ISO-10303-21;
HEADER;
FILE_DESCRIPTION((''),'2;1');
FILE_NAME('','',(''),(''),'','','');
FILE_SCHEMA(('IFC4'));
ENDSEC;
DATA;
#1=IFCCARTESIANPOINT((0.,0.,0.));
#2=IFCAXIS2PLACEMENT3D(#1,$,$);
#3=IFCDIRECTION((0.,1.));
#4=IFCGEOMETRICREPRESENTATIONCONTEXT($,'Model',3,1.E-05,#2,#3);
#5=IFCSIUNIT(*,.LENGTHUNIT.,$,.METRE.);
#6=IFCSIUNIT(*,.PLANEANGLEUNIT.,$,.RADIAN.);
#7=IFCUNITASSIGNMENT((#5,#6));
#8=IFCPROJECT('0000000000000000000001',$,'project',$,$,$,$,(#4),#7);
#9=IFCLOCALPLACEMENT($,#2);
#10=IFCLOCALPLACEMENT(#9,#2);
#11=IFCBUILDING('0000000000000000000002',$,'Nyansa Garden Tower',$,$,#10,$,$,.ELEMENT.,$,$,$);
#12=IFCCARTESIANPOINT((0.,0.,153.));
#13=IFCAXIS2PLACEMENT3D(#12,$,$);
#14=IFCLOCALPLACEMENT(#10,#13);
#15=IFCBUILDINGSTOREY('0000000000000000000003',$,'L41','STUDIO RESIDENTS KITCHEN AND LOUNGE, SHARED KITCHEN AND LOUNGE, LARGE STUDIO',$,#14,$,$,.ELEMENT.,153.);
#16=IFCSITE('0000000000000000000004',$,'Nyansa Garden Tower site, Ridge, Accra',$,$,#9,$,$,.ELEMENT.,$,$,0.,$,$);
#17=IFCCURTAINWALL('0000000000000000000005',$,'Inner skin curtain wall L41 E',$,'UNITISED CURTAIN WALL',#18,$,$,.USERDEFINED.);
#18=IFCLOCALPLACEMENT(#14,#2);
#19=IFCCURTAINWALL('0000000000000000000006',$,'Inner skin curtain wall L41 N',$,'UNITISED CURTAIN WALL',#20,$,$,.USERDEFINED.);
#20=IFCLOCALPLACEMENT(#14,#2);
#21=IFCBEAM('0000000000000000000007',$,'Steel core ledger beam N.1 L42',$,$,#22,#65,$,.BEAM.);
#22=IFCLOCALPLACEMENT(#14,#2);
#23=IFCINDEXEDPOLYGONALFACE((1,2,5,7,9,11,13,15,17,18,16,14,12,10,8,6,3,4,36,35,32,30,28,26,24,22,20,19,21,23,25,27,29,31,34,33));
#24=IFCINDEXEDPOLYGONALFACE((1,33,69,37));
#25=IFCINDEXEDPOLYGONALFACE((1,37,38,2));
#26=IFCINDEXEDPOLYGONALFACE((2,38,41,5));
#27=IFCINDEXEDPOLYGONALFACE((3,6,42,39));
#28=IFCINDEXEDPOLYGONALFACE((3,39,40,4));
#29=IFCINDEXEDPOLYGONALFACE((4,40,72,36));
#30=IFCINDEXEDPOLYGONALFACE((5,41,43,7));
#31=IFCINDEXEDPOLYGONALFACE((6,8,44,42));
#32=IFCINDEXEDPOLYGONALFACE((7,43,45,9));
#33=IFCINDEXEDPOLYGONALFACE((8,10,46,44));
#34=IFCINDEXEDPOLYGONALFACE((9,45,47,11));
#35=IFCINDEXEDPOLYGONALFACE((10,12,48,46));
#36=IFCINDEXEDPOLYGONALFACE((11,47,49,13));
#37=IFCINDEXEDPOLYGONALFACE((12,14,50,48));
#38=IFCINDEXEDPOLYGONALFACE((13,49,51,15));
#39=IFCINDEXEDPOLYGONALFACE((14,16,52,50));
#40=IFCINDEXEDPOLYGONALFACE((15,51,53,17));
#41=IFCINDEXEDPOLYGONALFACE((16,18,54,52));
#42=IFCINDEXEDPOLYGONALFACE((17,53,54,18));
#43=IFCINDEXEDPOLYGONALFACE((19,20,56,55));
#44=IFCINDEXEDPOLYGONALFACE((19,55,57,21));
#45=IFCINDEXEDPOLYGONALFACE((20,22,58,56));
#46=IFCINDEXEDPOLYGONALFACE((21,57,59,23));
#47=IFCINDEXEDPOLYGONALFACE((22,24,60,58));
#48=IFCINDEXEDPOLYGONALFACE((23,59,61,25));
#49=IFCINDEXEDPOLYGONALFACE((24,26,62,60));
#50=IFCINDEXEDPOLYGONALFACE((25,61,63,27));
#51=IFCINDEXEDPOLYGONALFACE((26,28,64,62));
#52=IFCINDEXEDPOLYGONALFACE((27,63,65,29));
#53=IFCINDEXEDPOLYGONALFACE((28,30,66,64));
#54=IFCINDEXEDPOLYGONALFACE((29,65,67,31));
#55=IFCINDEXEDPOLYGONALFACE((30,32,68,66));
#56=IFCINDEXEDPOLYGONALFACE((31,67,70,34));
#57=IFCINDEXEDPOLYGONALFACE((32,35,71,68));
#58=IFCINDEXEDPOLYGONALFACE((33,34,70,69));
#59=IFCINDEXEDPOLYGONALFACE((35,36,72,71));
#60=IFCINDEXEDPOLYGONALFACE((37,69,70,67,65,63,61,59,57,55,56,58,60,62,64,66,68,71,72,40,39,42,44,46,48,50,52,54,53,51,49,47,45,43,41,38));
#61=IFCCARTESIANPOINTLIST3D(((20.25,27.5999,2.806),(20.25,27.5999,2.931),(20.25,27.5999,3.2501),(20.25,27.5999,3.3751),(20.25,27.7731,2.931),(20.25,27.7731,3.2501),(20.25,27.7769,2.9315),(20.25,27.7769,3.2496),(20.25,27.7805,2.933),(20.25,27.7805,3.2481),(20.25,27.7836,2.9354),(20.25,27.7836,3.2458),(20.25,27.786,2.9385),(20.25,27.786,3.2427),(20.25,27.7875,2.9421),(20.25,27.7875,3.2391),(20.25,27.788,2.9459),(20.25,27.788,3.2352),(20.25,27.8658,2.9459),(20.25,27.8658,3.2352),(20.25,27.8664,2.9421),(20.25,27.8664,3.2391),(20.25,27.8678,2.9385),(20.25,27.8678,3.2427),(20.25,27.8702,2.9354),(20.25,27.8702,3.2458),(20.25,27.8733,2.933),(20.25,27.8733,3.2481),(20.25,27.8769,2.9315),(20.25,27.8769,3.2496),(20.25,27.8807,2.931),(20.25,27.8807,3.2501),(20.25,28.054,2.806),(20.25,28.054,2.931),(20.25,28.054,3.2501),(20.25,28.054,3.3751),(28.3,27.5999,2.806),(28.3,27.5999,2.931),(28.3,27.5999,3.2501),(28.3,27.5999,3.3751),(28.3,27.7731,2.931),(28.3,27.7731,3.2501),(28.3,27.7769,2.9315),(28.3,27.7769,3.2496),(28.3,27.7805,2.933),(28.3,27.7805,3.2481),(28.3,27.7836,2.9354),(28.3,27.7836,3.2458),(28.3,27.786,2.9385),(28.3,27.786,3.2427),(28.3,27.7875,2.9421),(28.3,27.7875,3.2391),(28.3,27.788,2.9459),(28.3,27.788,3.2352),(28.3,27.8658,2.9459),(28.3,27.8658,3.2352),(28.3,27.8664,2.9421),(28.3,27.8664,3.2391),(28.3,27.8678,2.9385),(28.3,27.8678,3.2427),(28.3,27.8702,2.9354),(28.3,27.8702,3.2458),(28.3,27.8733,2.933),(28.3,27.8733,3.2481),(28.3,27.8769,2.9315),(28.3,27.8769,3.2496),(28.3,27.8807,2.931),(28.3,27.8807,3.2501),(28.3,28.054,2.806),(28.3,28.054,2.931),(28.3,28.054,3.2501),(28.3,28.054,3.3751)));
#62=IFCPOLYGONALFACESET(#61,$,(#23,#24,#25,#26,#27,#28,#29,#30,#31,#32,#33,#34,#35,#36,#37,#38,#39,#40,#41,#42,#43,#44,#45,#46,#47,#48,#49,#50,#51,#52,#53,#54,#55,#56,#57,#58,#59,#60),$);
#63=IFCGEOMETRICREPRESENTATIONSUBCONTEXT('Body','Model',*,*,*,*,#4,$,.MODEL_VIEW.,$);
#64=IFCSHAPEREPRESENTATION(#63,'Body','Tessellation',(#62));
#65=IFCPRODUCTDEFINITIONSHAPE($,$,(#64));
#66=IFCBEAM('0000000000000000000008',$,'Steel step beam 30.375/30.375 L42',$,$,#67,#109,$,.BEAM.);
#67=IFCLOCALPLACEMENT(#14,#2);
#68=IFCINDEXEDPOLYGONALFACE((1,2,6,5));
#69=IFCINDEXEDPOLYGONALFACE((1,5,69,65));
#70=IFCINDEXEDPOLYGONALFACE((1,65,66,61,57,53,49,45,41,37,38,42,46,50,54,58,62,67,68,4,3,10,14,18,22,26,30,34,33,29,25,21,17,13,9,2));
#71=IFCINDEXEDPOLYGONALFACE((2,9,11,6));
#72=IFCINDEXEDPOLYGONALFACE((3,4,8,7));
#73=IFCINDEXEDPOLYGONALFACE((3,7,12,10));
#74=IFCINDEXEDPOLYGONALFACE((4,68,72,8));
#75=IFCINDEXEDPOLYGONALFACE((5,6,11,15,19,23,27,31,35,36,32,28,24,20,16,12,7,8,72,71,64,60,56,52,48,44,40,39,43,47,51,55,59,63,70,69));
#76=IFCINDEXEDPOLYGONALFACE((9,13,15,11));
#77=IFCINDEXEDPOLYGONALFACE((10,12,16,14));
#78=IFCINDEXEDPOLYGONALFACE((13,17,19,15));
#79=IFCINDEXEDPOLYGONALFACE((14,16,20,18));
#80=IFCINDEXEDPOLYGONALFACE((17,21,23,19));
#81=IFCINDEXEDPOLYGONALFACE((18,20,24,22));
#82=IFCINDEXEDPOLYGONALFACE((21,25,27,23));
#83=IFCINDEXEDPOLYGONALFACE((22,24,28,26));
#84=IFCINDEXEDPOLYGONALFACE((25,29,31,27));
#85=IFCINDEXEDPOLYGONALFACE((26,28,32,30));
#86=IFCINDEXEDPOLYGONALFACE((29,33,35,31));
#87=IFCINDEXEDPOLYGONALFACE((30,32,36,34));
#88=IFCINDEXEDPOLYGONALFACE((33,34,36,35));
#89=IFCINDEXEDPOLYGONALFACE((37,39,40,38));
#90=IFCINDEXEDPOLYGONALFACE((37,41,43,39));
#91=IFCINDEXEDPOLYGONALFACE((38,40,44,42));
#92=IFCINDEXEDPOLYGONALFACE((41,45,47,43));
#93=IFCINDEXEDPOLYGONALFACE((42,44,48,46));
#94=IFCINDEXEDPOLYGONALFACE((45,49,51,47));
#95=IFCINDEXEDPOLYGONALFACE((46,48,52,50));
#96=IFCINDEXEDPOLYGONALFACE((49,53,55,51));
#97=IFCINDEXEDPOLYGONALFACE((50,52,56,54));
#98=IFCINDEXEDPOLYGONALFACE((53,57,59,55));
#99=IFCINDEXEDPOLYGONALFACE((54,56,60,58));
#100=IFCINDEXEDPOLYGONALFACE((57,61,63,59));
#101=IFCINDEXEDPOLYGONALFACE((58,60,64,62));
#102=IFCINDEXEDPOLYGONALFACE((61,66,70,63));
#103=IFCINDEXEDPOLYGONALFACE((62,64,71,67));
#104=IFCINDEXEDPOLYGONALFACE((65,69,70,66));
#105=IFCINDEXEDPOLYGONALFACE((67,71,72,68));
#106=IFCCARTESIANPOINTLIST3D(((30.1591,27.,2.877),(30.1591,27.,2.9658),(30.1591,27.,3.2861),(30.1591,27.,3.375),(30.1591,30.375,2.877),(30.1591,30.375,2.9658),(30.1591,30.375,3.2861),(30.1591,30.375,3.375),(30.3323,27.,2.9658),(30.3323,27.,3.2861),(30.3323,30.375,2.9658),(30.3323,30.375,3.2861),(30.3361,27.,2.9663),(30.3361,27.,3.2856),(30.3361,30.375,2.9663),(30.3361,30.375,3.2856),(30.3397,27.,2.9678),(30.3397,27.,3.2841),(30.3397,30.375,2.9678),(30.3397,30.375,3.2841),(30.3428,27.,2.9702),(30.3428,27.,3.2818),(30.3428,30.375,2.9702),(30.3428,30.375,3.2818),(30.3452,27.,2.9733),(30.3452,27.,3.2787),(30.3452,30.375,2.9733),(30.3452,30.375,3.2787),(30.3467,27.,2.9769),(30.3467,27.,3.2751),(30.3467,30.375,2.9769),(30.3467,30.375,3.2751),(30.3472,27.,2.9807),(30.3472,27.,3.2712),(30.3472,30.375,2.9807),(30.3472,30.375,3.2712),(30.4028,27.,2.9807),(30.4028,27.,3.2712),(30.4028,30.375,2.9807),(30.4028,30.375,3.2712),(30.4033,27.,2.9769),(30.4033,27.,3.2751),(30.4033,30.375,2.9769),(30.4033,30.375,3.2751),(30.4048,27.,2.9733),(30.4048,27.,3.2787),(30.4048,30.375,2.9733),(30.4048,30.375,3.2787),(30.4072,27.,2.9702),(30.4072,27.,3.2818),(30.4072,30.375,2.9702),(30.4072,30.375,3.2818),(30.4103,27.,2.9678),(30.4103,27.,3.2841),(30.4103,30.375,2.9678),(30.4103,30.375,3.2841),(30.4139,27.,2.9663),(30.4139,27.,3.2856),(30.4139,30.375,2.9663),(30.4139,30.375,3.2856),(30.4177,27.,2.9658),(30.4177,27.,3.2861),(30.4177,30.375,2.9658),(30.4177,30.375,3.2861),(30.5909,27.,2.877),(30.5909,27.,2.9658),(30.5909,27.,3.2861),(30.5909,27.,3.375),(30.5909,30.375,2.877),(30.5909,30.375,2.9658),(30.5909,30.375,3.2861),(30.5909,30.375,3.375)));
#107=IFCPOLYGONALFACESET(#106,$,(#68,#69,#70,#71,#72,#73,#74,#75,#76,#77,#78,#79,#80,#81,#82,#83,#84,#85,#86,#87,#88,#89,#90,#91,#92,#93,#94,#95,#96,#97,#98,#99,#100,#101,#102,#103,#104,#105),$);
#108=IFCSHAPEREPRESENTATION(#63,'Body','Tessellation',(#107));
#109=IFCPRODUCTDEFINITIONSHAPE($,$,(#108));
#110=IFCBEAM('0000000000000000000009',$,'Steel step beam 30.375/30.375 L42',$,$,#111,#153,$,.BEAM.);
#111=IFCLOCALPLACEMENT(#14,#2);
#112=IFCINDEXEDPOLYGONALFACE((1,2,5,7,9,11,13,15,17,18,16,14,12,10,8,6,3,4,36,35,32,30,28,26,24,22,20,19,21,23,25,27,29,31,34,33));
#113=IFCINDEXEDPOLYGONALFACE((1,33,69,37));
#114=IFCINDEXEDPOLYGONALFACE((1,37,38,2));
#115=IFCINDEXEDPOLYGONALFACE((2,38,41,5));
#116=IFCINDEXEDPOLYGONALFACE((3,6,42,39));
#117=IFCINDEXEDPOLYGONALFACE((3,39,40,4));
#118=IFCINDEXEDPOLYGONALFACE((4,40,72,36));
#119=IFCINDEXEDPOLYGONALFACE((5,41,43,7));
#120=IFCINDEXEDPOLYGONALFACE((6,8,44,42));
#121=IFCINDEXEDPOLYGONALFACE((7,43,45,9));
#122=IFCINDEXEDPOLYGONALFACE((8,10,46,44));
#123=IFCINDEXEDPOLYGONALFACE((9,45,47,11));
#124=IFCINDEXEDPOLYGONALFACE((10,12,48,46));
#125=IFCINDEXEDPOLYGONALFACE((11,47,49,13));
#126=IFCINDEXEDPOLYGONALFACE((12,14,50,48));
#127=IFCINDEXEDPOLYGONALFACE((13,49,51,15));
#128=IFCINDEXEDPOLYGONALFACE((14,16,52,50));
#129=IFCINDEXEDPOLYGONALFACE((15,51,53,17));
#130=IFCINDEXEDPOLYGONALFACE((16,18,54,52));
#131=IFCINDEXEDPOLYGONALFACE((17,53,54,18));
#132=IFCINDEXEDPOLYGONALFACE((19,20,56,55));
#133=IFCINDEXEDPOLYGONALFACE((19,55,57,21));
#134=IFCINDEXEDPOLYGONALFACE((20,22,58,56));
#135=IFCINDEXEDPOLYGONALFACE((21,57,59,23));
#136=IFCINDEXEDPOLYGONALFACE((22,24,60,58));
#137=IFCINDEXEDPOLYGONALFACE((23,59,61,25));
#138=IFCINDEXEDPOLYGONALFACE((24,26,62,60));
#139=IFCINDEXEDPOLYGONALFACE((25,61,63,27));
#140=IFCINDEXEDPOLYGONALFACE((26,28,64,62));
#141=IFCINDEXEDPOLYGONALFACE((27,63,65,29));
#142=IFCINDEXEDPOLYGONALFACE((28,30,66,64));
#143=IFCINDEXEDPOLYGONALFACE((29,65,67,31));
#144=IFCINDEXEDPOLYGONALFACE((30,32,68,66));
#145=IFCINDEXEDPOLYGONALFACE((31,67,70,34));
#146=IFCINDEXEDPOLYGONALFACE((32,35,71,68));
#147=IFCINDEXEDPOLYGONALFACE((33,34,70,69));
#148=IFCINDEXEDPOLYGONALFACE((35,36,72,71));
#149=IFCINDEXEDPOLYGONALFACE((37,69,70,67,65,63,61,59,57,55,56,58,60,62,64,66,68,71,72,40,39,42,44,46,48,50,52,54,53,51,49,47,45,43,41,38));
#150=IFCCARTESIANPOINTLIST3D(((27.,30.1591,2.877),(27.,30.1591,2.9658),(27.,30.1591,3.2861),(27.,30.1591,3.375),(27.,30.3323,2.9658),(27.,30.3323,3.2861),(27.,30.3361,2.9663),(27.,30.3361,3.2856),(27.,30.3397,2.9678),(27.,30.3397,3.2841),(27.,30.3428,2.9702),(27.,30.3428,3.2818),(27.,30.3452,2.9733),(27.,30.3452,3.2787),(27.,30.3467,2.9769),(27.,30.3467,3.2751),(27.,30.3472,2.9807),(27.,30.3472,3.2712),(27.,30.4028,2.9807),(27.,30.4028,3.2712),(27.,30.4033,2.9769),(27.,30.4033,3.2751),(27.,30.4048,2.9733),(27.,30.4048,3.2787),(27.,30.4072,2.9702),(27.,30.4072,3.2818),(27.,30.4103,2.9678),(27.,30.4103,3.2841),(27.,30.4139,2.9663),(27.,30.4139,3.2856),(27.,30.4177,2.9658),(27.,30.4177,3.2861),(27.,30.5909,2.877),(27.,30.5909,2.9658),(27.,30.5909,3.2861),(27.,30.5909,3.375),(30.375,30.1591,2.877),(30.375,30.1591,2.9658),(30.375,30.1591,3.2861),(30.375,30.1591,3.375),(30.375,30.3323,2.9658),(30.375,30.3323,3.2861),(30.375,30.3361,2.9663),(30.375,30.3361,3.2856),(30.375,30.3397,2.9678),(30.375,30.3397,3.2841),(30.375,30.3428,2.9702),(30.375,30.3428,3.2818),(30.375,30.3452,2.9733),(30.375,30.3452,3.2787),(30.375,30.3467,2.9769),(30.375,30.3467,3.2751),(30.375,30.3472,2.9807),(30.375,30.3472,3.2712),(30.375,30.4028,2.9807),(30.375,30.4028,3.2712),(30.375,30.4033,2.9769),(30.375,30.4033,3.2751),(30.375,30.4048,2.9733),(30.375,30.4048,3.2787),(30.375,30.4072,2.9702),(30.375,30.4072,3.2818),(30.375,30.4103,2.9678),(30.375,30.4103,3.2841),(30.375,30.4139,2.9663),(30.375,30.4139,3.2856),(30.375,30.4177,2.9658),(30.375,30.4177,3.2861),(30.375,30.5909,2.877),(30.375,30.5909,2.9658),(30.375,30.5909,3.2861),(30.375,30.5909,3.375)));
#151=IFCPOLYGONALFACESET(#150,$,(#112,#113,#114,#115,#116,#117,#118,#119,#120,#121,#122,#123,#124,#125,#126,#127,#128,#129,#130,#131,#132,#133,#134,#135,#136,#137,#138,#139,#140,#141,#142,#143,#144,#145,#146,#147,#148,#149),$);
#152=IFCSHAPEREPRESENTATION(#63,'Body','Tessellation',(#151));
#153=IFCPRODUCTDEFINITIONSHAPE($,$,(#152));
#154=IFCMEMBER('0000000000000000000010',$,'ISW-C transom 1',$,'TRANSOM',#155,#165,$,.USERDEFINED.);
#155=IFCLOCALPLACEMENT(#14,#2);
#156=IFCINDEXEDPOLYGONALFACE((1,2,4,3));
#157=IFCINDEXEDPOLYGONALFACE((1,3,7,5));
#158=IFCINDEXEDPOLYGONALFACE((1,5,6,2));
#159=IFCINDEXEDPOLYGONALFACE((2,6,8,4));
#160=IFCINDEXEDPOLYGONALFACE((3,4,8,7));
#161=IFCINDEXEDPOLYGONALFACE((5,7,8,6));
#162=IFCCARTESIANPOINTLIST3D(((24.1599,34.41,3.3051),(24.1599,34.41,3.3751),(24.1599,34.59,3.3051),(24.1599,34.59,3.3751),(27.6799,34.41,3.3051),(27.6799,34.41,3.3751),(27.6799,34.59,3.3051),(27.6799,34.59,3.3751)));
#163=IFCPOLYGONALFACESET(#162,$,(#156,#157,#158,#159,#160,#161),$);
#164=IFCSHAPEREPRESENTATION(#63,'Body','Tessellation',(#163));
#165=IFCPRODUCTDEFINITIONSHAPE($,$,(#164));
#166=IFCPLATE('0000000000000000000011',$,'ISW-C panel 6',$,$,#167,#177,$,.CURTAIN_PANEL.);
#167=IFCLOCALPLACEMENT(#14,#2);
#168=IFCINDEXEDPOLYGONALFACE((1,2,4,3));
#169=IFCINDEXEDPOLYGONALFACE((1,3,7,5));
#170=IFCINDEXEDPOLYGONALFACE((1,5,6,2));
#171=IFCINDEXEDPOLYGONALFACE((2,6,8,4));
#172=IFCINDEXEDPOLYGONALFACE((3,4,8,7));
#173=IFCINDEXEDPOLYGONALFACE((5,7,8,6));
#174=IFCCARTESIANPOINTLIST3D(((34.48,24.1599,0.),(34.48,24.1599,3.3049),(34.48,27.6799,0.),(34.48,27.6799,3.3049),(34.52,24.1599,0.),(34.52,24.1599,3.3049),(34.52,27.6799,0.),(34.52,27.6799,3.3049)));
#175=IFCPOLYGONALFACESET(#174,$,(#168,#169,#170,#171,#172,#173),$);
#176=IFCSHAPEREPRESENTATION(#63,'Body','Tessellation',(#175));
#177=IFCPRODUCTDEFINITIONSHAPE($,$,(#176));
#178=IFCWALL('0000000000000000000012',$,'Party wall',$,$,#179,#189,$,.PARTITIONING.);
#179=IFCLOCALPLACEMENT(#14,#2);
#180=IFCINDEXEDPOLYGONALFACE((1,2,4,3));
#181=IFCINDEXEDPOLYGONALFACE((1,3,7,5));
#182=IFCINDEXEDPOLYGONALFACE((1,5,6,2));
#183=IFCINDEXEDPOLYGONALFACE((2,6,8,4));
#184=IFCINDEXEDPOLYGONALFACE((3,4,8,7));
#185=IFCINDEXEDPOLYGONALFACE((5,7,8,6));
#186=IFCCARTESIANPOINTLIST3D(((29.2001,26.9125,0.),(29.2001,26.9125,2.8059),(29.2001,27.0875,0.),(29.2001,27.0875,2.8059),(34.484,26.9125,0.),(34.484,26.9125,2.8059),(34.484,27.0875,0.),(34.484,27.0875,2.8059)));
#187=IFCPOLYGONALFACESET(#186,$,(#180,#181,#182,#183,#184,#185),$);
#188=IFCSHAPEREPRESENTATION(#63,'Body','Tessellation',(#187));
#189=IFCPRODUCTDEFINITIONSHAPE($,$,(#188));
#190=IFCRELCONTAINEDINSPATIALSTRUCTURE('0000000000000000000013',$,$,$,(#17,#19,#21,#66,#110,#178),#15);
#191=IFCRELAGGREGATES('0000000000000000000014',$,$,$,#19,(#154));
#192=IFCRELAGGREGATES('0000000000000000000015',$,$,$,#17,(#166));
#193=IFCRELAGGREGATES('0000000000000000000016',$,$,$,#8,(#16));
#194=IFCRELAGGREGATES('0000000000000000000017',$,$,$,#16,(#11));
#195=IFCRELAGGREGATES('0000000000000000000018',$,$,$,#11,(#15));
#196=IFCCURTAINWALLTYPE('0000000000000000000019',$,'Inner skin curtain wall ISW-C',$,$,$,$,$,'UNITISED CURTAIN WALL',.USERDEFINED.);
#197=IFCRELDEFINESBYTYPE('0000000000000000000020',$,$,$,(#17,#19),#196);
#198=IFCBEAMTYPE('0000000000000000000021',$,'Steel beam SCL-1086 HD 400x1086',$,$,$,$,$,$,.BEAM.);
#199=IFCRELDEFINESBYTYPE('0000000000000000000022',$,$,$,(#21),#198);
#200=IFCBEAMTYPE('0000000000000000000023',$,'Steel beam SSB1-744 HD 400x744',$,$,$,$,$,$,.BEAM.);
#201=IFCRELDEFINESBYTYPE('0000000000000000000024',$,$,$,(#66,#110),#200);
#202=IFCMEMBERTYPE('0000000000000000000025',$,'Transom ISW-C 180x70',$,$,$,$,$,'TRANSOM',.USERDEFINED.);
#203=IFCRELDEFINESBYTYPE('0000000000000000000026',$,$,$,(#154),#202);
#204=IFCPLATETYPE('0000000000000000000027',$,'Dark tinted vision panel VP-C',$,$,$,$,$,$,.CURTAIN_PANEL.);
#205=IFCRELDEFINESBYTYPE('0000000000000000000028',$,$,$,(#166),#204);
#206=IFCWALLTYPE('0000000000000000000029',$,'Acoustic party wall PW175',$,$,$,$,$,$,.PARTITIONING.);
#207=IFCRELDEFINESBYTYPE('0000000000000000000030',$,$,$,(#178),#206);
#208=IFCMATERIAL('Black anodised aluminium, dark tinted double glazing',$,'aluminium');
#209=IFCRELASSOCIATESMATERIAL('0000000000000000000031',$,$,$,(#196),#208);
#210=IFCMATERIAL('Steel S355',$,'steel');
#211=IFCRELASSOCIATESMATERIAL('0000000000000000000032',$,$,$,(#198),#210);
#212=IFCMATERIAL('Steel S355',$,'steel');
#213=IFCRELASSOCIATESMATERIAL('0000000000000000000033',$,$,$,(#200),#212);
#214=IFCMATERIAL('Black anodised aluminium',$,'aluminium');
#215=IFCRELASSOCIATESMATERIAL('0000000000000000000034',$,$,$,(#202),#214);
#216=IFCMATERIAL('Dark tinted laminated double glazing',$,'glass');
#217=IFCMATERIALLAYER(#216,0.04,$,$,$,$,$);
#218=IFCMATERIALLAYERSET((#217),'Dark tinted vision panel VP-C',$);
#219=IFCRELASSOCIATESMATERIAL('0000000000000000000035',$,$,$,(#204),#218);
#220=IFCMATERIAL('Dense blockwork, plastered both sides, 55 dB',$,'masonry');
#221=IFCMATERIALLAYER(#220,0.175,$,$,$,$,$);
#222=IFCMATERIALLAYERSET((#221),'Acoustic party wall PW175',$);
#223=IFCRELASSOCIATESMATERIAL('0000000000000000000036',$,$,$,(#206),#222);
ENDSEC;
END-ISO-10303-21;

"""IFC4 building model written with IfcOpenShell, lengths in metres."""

from ifc_helpers import new_model, si_unit, direction, frame, frame_2d, origin, origin_2d, place, context, subcontext, project, spatial, rectangle, i_section, extrude, material, layer, layer_set, material_profile, profile_set, type_object, element, aggregate, save


model = new_model("IFC4")

# Units and contexts
model_context = context("Model", 3, precision=1e-05, world=origin(), true_north=direction((0.0, 1.0)))
body_context = subcontext(model_context, "Body", "Model", "MODEL_VIEW")
ifc_project = project(units=[si_unit("LENGTHUNIT", "METRE"), si_unit("PLANEANGLEUNIT", "RADIAN")], contexts=[model_context])

# Site, building, storey
site_placement = place(None, origin())
site = spatial("IfcSite", under=ifc_project, at=site_placement, Name="Nyansa Garden Tower site, Ridge, Accra", CompositionType="ELEMENT", RefElevation=0.0)
building_placement = place(site_placement, origin())
building = spatial("IfcBuilding", under=site, at=building_placement, Name="Nyansa Garden Tower", CompositionType="ELEMENT")
storey_placement = place(building_placement, frame((0.0, 0.0, 153.0)))
storey = spatial("IfcBuildingStorey", under=building, at=storey_placement, Name="L41", Description="STUDIO RESIDENTS KITCHEN AND LOUNGE, SHARED KITCHEN AND LOUNGE, LARGE STUDIO", CompositionType="ELEMENT", Elevation=153.0)

# Curtain walls
ifc_material_1 = material(Name="Black anodised aluminium, dark tinted double glazing", Category="aluminium")
curtain_wall_type = type_object("IfcCurtainWallType", Name="Inner skin curtain wall ISW-C", ElementType="UNITISED CURTAIN WALL", PredefinedType="USERDEFINED", material=ifc_material_1)
curtain_wall_1_placement = place(storey_placement, origin())
curtain_wall_1 = element("IfcCurtainWall", 1, at=curtain_wall_1_placement, inside=storey, type_object=curtain_wall_type, Name="Inner skin curtain wall L41 E", ObjectType="UNITISED CURTAIN WALL", PredefinedType="USERDEFINED")
curtain_wall_2_placement = place(storey_placement, origin())
curtain_wall_2 = element("IfcCurtainWall", 2, at=curtain_wall_2_placement, inside=storey, type_object=curtain_wall_type, Name="Inner skin curtain wall L41 N", ObjectType="UNITISED CURTAIN WALL", PredefinedType="USERDEFINED")

# Beams
ifc_material_2 = material(Name="Steel S355", Category="steel")
ifc_material_profile_1 = material_profile(ifc_material_2, i_section(OverallWidth=0.4541, OverallDepth=0.5691, WebThickness=0.0779, FlangeThickness=0.125, FilletRadius=0.0149, at=origin_2d()), Name="HD 400x1086")
ifc_profile_set_1 = profile_set([ifc_material_profile_1], Name="Steel S355")
beam_type_1 = type_object("IfcBeamType", Name="Steel beam SCL-1086 HD 400x1086", PredefinedType="BEAM", material=ifc_profile_set_1)
beam_1_placement = place(storey_placement, frame((28.3, 27.8269, 3.0906), z_axis=(-1.0, 0.0, 0.0), x_axis=(0.0, -1.0, 0.0)))
element("IfcBeam", 3, at=beam_1_placement, inside=storey, type_object=beam_type_1, Name="Steel core ledger beam N.1 L42", PredefinedType="BEAM", context=body_context, shape_type="SweptSolid", body=[
    extrude(i_section(OverallWidth=0.4541, OverallDepth=0.5691, WebThickness=0.0779, FlangeThickness=0.125, FilletRadius=0.0149, at=origin_2d()), origin(), (0.0, 0.0, 1.0), 8.05),
])
ifc_material_3 = material(Name="Steel S355", Category="steel")
ifc_material_profile_2 = material_profile(ifc_material_3, i_section(OverallWidth=0.4319, OverallDepth=0.498, WebThickness=0.0557, FlangeThickness=0.0889, FilletRadius=0.0149, at=origin_2d()), Name="HD 400x744")
ifc_profile_set_2 = profile_set([ifc_material_profile_2], Name="Steel S355")
beam_type_2 = type_object("IfcBeamType", Name="Steel beam SSB1-744 HD 400x744", PredefinedType="BEAM", material=ifc_profile_set_2)
for number, where, z_axis, x_axis, name in (
    (4, (30.375, 30.375, 3.126), (0.0, -1.0, 0.0), (1.0, 0.0, 0.0), "Steel step beam 30.375/30.375 L42"),
    (5, (30.375, 30.375, 3.126), (-1.0, 0.0, 0.0), (0.0, -1.0, 0.0), "Steel step beam 30.375/30.375 L42"),
):
    element("IfcBeam", number, at=place(storey_placement, frame(where, z_axis=z_axis, x_axis=x_axis)), inside=storey, type_object=beam_type_2, Name=name, PredefinedType="BEAM", context=body_context, shape_type="SweptSolid", body=[
        extrude(i_section(OverallWidth=0.4319, OverallDepth=0.498, WebThickness=0.0557, FlangeThickness=0.0889, FilletRadius=0.0149, at=origin_2d()), origin(), (0.0, 0.0, 1.0), 3.375),
    ])

# Member
ifc_material_4 = material(Name="Black anodised aluminium", Category="aluminium")
ifc_material_profile_3 = material_profile(ifc_material_4, rectangle(XDim=0.1799, YDim=0.0701, at=origin_2d()), Name="Transom 180x70")
ifc_profile_set_3 = profile_set([ifc_material_profile_3], Name="Black anodised aluminium")
member_type_1 = type_object("IfcMemberType", Name="Transom ISW-C 180x70", ElementType="TRANSOM", PredefinedType="USERDEFINED", material=ifc_profile_set_3)
member_1_placement = place(storey_placement, frame((27.6799, 34.5, 3.3401), z_axis=(-1.0, 0.0, 0.0), x_axis=(0.0, -1.0, 0.0)))
member_1 = element("IfcMember", 6, at=member_1_placement, type_object=member_type_1, Name="ISW-C transom 1", ObjectType="TRANSOM", PredefinedType="USERDEFINED", context=body_context, shape_type="SweptSolid", body=[
    extrude(rectangle(XDim=0.1799, YDim=0.0701, at=origin_2d()), origin(), (0.0, 0.0, 1.0), 3.52),
])
aggregate(curtain_wall_2, [member_1])

# Plate
ifc_material_5 = material(Name="Dark tinted laminated double glazing", Category="glass")
ifc_layer_1 = layer(ifc_material_5, 0.04)
ifc_layer_set_1 = layer_set([ifc_layer_1], Name="Dark tinted vision panel VP-C")
plate_type = type_object("IfcPlateType", Name="Dark tinted vision panel VP-C", PredefinedType="CURTAIN_PANEL", material=ifc_layer_set_1)
plate_placement = place(storey_placement, frame((34.5, 25.9199, 0.0), z_axis=(0.0, 0.0, 1.0), x_axis=(0.0, 1.0, 0.0)))
plate = element("IfcPlate", 7, at=plate_placement, type_object=plate_type, Name="ISW-C panel 6", PredefinedType="CURTAIN_PANEL", context=body_context, shape_type="SweptSolid", body=[
    extrude(rectangle(XDim=3.52, YDim=0.04, at=origin_2d()), origin(), (0.0, 0.0, 1.0), 3.3049),
])
aggregate(curtain_wall_1, [plate])

# Wall
ifc_material_6 = material(Name="Dense blockwork, plastered both sides, 55 dB", Category="masonry")
ifc_layer_2 = layer(ifc_material_6, 0.175)
ifc_layer_set_2 = layer_set([ifc_layer_2], Name="Acoustic party wall PW175")
wall_type_1 = type_object("IfcWallType", Name="Acoustic party wall PW175", PredefinedType="PARTITIONING", material=ifc_layer_set_2)
wall_1_placement = place(storey_placement, frame((29.2, 27.0, 0.0), z_axis=(0.0, 0.0, 1.0), x_axis=(1.0, 0.0, 0.0)))
element("IfcWall", 8, at=wall_1_placement, inside=storey, type_object=wall_type_1, Name="Party wall", PredefinedType="PARTITIONING", context=body_context, shape_type="SweptSolid", body=[
    extrude(rectangle(XDim=5.2839, YDim=0.175, at=frame_2d((2.6421, 0.0))), origin(), (0.0, 0.0, 1.0), 2.8059),
])

save(model, "model.ifc")
